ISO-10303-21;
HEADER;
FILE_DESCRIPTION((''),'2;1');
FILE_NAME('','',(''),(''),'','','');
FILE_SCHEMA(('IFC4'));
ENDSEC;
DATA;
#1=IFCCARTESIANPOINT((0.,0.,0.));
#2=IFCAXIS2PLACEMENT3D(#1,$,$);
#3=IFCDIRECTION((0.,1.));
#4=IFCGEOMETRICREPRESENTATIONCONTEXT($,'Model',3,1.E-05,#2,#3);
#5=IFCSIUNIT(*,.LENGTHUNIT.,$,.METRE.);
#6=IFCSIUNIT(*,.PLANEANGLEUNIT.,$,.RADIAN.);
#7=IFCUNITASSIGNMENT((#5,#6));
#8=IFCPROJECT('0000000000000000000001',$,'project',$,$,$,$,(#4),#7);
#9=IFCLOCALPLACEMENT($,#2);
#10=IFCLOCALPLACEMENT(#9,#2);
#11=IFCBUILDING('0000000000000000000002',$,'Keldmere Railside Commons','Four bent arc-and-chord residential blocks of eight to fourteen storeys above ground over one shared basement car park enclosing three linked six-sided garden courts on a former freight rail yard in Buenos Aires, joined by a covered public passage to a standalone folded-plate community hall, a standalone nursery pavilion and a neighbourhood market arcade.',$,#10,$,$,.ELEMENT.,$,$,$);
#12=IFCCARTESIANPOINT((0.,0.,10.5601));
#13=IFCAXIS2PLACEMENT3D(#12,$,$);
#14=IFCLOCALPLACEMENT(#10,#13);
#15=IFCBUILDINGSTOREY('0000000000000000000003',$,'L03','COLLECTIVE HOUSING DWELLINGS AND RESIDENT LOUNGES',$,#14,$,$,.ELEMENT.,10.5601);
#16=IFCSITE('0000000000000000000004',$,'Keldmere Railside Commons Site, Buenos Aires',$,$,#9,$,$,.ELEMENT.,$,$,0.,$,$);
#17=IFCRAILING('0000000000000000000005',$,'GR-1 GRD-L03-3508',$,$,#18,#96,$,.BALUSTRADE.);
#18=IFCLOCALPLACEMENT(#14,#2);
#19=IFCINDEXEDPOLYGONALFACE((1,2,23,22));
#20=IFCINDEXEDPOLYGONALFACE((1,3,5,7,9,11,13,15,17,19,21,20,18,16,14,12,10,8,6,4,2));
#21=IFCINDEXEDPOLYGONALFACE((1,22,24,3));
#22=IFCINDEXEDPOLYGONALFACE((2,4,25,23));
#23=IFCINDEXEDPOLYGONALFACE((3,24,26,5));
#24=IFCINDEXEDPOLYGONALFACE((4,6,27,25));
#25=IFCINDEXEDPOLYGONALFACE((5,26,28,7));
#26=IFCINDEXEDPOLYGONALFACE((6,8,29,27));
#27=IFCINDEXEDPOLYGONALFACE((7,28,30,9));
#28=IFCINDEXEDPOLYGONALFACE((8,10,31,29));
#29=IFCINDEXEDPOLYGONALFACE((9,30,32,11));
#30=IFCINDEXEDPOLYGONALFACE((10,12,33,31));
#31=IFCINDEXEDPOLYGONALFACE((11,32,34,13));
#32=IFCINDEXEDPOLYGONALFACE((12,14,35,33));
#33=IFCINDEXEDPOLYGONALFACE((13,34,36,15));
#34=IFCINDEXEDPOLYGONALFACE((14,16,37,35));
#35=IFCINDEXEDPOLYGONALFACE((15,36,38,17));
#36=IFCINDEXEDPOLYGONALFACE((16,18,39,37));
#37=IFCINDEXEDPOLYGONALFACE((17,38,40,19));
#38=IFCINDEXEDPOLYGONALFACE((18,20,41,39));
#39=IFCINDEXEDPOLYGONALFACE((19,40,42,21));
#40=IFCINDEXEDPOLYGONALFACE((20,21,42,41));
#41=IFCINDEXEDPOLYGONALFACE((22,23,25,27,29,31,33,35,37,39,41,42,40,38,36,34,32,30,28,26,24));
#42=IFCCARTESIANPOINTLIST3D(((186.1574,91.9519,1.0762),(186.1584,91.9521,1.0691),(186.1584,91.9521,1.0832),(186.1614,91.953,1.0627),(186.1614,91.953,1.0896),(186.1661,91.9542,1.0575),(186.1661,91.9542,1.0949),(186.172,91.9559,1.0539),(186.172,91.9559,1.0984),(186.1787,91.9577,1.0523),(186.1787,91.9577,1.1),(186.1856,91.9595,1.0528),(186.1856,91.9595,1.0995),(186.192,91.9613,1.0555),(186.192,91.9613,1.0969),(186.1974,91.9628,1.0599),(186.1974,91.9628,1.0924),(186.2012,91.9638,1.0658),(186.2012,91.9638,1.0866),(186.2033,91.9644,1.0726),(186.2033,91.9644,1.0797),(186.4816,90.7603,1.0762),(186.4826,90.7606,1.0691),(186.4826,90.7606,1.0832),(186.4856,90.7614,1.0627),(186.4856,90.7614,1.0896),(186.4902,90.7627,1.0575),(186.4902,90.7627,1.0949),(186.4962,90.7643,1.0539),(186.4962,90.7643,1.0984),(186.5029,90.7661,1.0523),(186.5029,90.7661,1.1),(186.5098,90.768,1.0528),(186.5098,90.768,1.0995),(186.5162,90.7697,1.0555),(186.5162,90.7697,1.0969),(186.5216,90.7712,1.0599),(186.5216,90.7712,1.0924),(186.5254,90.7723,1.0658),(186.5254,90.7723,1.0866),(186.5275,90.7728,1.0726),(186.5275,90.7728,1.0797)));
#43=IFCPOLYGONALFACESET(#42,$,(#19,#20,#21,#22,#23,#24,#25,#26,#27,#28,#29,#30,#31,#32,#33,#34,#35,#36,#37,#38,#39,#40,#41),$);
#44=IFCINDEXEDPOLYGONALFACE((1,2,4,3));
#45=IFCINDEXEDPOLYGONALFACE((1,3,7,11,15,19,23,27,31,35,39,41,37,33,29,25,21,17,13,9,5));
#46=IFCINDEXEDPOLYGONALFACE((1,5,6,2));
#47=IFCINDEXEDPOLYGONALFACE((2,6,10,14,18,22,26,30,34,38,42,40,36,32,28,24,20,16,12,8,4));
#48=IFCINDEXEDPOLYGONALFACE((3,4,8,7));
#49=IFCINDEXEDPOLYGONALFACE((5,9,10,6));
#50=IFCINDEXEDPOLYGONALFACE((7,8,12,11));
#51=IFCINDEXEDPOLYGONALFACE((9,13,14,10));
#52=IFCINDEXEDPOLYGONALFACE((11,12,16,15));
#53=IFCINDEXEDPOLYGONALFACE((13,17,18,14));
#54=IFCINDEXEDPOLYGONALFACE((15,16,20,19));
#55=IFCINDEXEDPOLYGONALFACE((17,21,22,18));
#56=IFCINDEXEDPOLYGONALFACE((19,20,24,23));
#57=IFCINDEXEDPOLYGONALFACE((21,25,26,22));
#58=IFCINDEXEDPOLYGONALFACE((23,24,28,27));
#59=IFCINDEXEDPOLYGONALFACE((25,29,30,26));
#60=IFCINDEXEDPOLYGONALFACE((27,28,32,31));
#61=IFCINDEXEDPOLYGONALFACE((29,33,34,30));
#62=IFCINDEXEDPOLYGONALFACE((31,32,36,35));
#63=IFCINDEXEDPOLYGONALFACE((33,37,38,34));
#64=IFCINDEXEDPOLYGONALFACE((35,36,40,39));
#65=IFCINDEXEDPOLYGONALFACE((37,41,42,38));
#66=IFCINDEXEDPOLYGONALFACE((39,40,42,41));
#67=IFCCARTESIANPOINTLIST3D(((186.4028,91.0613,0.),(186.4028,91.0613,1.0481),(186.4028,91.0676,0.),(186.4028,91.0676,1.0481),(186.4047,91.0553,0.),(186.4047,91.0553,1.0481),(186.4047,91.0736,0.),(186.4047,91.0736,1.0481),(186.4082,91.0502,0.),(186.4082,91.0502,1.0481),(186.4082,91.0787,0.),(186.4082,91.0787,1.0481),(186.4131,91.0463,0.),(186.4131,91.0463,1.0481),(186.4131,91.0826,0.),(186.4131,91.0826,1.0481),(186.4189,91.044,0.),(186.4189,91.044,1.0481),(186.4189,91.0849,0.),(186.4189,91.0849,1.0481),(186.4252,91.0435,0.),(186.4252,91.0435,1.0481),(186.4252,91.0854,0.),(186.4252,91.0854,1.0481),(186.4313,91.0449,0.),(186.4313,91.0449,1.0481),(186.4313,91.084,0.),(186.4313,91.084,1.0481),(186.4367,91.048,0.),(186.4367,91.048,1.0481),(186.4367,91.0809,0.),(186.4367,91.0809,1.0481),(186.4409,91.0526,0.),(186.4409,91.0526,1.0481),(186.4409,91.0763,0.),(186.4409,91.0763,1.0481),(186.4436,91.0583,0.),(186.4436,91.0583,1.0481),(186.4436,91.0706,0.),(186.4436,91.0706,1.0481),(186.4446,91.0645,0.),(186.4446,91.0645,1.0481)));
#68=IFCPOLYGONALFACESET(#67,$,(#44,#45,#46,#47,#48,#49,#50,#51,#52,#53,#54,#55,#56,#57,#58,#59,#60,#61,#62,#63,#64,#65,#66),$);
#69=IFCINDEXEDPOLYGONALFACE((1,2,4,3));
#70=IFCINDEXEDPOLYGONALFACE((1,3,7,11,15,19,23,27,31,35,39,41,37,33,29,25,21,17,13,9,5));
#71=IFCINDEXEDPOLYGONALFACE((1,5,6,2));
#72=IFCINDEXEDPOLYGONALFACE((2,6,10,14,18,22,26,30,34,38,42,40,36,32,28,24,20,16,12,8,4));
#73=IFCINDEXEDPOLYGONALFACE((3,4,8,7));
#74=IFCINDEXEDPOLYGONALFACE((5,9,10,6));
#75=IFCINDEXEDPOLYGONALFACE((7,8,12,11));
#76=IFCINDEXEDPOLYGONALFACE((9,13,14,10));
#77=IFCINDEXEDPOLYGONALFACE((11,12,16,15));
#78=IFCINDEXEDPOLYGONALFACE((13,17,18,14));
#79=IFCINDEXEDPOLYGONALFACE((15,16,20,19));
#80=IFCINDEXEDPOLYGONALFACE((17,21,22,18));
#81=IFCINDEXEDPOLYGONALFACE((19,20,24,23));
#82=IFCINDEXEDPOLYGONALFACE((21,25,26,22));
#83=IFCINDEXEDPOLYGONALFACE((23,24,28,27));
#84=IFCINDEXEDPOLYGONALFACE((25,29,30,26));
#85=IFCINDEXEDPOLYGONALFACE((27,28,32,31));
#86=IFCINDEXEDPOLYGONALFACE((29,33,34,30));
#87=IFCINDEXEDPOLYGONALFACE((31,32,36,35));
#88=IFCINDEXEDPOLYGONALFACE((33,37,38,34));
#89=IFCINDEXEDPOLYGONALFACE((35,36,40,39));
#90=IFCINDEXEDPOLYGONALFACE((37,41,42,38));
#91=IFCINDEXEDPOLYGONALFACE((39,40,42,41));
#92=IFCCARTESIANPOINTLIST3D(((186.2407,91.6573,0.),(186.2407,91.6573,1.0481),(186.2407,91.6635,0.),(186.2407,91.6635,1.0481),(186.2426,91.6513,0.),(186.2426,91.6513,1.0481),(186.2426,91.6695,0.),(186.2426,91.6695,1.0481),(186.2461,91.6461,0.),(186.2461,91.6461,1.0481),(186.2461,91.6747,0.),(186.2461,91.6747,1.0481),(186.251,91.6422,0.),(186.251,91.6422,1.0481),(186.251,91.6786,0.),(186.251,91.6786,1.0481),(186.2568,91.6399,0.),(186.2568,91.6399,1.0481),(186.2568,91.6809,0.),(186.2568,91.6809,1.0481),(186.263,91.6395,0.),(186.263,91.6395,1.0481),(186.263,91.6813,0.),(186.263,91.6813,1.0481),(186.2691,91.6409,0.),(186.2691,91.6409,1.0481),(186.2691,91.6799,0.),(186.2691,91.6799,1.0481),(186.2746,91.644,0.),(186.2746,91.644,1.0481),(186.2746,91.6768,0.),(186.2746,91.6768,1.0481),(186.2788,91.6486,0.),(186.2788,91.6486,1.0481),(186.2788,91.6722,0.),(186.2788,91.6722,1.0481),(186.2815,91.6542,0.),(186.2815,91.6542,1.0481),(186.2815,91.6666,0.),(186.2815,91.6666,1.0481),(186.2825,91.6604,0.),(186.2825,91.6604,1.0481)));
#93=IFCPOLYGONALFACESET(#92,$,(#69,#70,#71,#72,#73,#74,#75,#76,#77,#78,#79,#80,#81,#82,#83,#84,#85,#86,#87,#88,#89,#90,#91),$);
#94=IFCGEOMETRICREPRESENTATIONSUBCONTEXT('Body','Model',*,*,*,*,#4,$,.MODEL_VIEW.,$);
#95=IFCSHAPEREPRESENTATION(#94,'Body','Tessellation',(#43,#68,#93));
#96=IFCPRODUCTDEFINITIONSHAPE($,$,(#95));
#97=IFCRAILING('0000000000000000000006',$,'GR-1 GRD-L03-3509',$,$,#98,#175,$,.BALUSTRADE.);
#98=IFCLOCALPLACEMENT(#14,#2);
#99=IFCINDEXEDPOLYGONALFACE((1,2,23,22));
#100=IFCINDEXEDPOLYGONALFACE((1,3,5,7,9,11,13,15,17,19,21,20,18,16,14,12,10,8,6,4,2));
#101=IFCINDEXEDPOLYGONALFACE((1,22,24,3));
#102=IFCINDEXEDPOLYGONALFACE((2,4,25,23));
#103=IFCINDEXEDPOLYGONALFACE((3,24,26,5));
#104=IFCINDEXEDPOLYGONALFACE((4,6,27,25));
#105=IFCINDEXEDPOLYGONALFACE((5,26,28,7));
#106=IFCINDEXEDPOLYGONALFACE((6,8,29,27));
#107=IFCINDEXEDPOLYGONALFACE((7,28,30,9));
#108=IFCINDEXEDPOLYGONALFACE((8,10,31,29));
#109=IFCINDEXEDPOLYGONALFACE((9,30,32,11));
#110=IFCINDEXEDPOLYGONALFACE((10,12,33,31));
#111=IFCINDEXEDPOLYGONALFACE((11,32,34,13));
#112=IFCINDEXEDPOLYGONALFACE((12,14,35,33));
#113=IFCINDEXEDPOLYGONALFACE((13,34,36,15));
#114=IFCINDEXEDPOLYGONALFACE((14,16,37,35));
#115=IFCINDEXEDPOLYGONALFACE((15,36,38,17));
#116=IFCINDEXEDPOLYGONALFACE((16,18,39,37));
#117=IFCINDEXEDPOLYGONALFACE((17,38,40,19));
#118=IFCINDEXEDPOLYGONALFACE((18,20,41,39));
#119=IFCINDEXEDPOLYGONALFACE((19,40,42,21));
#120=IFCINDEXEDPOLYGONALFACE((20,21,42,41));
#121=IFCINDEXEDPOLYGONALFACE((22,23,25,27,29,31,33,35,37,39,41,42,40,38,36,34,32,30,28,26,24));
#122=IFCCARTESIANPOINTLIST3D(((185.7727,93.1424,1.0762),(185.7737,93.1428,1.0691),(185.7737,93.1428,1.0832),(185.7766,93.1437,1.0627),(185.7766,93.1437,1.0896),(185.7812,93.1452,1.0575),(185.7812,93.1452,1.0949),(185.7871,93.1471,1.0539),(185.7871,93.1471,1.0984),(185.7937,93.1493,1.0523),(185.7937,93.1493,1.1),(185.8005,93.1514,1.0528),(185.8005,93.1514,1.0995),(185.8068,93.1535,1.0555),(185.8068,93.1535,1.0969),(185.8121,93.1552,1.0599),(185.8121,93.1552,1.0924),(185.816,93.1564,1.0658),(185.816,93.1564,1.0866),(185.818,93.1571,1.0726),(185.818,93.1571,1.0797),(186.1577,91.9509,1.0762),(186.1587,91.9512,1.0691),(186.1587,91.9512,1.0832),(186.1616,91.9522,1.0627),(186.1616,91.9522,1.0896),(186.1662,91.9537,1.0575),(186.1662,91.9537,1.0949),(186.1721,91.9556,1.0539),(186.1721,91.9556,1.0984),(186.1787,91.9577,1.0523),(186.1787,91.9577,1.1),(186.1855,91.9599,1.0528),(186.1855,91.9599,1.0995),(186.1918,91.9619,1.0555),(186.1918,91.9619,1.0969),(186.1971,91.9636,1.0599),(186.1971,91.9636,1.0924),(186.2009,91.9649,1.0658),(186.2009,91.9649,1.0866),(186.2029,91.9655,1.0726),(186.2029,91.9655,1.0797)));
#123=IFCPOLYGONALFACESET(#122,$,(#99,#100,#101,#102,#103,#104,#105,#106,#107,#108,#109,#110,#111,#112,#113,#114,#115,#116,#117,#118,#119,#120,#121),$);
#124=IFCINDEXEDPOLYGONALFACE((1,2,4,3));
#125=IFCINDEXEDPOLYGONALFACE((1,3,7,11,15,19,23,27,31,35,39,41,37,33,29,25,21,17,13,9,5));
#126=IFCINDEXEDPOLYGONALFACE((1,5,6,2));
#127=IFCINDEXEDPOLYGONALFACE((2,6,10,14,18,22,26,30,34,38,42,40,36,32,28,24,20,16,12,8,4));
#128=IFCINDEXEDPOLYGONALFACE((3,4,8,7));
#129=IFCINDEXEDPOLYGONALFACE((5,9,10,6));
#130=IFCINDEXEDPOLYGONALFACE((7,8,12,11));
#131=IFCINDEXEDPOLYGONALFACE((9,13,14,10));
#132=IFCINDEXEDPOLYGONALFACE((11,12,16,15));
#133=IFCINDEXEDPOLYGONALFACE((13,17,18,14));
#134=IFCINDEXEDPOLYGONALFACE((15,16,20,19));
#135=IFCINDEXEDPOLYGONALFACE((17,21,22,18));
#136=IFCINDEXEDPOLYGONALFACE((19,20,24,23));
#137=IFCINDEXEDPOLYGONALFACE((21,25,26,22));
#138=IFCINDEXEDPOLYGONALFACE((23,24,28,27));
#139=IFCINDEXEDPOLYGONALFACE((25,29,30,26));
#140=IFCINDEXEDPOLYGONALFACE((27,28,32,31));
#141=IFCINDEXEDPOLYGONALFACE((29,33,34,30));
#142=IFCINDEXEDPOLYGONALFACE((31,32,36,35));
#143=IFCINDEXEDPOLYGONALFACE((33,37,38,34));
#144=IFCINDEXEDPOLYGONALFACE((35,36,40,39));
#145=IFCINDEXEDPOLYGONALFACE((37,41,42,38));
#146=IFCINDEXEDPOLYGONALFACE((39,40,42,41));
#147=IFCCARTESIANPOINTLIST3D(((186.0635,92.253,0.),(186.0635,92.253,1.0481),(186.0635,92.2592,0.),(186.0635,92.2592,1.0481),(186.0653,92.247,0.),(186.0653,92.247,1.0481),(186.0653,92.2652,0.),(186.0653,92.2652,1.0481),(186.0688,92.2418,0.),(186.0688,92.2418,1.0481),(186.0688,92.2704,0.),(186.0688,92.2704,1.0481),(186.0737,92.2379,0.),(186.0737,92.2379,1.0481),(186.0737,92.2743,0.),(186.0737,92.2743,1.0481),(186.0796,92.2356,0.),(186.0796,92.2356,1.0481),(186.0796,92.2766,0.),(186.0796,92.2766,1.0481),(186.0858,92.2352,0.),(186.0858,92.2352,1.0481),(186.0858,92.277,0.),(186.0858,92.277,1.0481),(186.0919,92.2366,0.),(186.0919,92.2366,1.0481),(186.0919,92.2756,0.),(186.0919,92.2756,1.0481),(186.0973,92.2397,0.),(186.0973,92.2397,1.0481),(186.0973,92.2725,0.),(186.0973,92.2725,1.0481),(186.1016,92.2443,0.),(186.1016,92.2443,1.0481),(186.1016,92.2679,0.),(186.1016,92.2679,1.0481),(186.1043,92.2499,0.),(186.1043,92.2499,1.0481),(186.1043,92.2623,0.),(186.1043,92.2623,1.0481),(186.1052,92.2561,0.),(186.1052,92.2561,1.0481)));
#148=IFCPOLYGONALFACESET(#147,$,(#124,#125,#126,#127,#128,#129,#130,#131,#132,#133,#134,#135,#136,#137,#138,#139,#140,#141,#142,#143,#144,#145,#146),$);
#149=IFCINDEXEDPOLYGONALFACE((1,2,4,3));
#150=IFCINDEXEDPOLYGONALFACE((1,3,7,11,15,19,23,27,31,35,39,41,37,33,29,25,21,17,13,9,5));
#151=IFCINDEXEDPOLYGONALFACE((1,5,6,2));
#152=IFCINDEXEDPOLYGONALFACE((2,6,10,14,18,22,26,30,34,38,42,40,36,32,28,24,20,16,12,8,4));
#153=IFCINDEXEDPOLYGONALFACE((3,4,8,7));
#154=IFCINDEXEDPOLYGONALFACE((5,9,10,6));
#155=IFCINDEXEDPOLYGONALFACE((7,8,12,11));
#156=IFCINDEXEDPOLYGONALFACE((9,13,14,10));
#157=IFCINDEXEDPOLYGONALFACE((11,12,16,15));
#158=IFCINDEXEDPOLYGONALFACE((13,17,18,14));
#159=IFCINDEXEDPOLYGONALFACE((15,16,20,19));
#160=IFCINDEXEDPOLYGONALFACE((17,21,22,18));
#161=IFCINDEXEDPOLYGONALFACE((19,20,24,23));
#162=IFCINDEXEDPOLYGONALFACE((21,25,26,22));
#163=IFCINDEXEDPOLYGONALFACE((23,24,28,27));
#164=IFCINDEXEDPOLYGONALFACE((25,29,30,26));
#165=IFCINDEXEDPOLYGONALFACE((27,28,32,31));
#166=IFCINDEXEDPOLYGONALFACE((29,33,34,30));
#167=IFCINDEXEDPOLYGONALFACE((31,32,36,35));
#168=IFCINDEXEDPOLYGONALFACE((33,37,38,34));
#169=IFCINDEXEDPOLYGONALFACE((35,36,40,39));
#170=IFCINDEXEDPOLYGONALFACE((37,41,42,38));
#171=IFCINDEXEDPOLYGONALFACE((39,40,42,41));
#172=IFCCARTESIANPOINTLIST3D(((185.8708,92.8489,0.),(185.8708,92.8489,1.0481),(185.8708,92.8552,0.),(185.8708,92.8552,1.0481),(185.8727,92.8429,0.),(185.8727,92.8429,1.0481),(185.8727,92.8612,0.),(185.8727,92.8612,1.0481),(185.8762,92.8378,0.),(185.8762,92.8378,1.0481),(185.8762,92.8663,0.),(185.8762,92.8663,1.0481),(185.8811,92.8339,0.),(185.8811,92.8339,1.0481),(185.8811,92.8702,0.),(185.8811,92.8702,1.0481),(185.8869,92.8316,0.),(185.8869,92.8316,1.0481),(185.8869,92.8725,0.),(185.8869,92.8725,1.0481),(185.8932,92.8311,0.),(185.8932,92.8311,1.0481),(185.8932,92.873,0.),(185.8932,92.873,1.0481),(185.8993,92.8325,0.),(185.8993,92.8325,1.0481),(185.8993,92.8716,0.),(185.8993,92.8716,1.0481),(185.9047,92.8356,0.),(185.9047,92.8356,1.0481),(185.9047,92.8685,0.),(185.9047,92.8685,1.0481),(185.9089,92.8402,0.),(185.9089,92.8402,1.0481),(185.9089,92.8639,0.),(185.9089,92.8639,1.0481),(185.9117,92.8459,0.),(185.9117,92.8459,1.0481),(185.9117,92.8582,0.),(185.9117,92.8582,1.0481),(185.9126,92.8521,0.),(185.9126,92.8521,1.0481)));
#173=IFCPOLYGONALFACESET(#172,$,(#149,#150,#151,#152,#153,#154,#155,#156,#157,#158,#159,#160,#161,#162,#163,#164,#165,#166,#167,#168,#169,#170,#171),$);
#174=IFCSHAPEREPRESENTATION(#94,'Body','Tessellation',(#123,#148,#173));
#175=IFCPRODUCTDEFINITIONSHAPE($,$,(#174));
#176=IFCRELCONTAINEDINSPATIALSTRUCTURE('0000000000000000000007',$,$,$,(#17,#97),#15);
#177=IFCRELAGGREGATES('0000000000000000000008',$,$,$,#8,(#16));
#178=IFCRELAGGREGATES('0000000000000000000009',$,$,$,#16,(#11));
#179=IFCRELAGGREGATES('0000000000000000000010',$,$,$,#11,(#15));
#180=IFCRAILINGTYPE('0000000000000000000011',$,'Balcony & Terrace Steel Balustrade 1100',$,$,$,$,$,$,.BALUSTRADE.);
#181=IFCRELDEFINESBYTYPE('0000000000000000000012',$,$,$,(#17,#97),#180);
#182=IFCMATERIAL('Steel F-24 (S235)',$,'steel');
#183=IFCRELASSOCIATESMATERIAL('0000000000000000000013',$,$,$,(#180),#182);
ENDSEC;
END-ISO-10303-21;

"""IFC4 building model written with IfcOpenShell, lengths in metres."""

from ifc_helpers import new_model, si_unit, direction, frame, origin, origin_2d, place, context, subcontext, project, spatial, circle, extrude, material, type_object, element, save


model = new_model("IFC4")

# Units and contexts
model_context = context("Model", 3, precision=1e-05, world=origin(), true_north=direction((0.0, 1.0)))
body_context = subcontext(model_context, "Body", "Model", "MODEL_VIEW")
ifc_project = project(units=[si_unit("LENGTHUNIT", "METRE"), si_unit("PLANEANGLEUNIT", "RADIAN")], contexts=[model_context])

# Site, building, storey
site_placement = place(None, origin())
site = spatial("IfcSite", under=ifc_project, at=site_placement, Name="Keldmere Railside Commons Site, Buenos Aires", CompositionType="ELEMENT", RefElevation=0.0)
building_placement = place(site_placement, origin())
building = spatial("IfcBuilding", under=site, at=building_placement, Name="Keldmere Railside Commons", Description="Four bent arc-and-chord residential blocks of eight to fourteen storeys above ground over one shared basement car park enclosing three linked six-sided garden courts on a former freight rail yard in Buenos Aires, joined by a covered public passage to a standalone folded-plate community hall, a standalone nursery pavilion and a neighbourhood market arcade.", CompositionType="ELEMENT")
storey_placement = place(building_placement, frame((0.0, 0.0, 10.5601)))
storey = spatial("IfcBuildingStorey", under=building, at=storey_placement, Name="L03", Description="COLLECTIVE HOUSING DWELLINGS AND RESIDENT LOUNGES", CompositionType="ELEMENT", Elevation=10.5601)

# Railings
ifc_material_1 = material(Name="Steel F-24 (S235)", Category="steel")
railing_type = type_object("IfcRailingType", Name="Balcony & Terrace Steel Balustrade 1100", PredefinedType="BALUSTRADE", material=ifc_material_1)
railing_1_placement = place(storey_placement, frame((186.5046, 90.7666, 0.0)))
element("IfcRailing", 1, at=railing_1_placement, inside=storey, type_object=railing_type, Name="GR-1 GRD-L03-3508", PredefinedType="BALUSTRADE", context=body_context, shape_type="SweptSolid", body=[
    extrude(circle(Radius=0.0239, at=origin_2d()), frame((0.0, 0.0, 1.0762), z_axis=(-0.262532, 0.964923, 0.0), x_axis=(-0.964923, -0.262532, 0.0)), (0.0, 0.0, 1.0), 1.2349),
    extrude(circle(Radius=0.021, at=origin_2d()), frame((-0.0811, 0.2979, 0.0)), (0.0, 0.0, 1.0), 1.0481),
    extrude(circle(Radius=0.021, at=origin_2d()), frame((-0.2432, 0.8938, 0.0)), (0.0, 0.0, 1.0), 1.0481),
])
railing_2_placement = place(storey_placement, frame((186.1804, 91.9583, 0.0)))
element("IfcRailing", 2, at=railing_2_placement, inside=storey, type_object=railing_type, Name="GR-1 GRD-L03-3509", PredefinedType="BALUSTRADE", context=body_context, shape_type="SweptSolid", body=[
    extrude(circle(Radius=0.0239, at=origin_2d()), frame((0.0, 0.0, 1.0762), z_axis=(-0.307441, 0.951567, 0.0), x_axis=(-0.951567, -0.307441, 0.0)), (0.0, 0.0, 1.0), 1.2522),
    extrude(circle(Radius=0.021, at=origin_2d()), frame((-0.0962, 0.2979, 0.0)), (0.0, 0.0, 1.0), 1.0481),
    extrude(circle(Radius=0.021, at=origin_2d()), frame((-0.2888, 0.8938, 0.0)), (0.0, 0.0, 1.0), 1.0481),
])

save(model, "model.ifc")
